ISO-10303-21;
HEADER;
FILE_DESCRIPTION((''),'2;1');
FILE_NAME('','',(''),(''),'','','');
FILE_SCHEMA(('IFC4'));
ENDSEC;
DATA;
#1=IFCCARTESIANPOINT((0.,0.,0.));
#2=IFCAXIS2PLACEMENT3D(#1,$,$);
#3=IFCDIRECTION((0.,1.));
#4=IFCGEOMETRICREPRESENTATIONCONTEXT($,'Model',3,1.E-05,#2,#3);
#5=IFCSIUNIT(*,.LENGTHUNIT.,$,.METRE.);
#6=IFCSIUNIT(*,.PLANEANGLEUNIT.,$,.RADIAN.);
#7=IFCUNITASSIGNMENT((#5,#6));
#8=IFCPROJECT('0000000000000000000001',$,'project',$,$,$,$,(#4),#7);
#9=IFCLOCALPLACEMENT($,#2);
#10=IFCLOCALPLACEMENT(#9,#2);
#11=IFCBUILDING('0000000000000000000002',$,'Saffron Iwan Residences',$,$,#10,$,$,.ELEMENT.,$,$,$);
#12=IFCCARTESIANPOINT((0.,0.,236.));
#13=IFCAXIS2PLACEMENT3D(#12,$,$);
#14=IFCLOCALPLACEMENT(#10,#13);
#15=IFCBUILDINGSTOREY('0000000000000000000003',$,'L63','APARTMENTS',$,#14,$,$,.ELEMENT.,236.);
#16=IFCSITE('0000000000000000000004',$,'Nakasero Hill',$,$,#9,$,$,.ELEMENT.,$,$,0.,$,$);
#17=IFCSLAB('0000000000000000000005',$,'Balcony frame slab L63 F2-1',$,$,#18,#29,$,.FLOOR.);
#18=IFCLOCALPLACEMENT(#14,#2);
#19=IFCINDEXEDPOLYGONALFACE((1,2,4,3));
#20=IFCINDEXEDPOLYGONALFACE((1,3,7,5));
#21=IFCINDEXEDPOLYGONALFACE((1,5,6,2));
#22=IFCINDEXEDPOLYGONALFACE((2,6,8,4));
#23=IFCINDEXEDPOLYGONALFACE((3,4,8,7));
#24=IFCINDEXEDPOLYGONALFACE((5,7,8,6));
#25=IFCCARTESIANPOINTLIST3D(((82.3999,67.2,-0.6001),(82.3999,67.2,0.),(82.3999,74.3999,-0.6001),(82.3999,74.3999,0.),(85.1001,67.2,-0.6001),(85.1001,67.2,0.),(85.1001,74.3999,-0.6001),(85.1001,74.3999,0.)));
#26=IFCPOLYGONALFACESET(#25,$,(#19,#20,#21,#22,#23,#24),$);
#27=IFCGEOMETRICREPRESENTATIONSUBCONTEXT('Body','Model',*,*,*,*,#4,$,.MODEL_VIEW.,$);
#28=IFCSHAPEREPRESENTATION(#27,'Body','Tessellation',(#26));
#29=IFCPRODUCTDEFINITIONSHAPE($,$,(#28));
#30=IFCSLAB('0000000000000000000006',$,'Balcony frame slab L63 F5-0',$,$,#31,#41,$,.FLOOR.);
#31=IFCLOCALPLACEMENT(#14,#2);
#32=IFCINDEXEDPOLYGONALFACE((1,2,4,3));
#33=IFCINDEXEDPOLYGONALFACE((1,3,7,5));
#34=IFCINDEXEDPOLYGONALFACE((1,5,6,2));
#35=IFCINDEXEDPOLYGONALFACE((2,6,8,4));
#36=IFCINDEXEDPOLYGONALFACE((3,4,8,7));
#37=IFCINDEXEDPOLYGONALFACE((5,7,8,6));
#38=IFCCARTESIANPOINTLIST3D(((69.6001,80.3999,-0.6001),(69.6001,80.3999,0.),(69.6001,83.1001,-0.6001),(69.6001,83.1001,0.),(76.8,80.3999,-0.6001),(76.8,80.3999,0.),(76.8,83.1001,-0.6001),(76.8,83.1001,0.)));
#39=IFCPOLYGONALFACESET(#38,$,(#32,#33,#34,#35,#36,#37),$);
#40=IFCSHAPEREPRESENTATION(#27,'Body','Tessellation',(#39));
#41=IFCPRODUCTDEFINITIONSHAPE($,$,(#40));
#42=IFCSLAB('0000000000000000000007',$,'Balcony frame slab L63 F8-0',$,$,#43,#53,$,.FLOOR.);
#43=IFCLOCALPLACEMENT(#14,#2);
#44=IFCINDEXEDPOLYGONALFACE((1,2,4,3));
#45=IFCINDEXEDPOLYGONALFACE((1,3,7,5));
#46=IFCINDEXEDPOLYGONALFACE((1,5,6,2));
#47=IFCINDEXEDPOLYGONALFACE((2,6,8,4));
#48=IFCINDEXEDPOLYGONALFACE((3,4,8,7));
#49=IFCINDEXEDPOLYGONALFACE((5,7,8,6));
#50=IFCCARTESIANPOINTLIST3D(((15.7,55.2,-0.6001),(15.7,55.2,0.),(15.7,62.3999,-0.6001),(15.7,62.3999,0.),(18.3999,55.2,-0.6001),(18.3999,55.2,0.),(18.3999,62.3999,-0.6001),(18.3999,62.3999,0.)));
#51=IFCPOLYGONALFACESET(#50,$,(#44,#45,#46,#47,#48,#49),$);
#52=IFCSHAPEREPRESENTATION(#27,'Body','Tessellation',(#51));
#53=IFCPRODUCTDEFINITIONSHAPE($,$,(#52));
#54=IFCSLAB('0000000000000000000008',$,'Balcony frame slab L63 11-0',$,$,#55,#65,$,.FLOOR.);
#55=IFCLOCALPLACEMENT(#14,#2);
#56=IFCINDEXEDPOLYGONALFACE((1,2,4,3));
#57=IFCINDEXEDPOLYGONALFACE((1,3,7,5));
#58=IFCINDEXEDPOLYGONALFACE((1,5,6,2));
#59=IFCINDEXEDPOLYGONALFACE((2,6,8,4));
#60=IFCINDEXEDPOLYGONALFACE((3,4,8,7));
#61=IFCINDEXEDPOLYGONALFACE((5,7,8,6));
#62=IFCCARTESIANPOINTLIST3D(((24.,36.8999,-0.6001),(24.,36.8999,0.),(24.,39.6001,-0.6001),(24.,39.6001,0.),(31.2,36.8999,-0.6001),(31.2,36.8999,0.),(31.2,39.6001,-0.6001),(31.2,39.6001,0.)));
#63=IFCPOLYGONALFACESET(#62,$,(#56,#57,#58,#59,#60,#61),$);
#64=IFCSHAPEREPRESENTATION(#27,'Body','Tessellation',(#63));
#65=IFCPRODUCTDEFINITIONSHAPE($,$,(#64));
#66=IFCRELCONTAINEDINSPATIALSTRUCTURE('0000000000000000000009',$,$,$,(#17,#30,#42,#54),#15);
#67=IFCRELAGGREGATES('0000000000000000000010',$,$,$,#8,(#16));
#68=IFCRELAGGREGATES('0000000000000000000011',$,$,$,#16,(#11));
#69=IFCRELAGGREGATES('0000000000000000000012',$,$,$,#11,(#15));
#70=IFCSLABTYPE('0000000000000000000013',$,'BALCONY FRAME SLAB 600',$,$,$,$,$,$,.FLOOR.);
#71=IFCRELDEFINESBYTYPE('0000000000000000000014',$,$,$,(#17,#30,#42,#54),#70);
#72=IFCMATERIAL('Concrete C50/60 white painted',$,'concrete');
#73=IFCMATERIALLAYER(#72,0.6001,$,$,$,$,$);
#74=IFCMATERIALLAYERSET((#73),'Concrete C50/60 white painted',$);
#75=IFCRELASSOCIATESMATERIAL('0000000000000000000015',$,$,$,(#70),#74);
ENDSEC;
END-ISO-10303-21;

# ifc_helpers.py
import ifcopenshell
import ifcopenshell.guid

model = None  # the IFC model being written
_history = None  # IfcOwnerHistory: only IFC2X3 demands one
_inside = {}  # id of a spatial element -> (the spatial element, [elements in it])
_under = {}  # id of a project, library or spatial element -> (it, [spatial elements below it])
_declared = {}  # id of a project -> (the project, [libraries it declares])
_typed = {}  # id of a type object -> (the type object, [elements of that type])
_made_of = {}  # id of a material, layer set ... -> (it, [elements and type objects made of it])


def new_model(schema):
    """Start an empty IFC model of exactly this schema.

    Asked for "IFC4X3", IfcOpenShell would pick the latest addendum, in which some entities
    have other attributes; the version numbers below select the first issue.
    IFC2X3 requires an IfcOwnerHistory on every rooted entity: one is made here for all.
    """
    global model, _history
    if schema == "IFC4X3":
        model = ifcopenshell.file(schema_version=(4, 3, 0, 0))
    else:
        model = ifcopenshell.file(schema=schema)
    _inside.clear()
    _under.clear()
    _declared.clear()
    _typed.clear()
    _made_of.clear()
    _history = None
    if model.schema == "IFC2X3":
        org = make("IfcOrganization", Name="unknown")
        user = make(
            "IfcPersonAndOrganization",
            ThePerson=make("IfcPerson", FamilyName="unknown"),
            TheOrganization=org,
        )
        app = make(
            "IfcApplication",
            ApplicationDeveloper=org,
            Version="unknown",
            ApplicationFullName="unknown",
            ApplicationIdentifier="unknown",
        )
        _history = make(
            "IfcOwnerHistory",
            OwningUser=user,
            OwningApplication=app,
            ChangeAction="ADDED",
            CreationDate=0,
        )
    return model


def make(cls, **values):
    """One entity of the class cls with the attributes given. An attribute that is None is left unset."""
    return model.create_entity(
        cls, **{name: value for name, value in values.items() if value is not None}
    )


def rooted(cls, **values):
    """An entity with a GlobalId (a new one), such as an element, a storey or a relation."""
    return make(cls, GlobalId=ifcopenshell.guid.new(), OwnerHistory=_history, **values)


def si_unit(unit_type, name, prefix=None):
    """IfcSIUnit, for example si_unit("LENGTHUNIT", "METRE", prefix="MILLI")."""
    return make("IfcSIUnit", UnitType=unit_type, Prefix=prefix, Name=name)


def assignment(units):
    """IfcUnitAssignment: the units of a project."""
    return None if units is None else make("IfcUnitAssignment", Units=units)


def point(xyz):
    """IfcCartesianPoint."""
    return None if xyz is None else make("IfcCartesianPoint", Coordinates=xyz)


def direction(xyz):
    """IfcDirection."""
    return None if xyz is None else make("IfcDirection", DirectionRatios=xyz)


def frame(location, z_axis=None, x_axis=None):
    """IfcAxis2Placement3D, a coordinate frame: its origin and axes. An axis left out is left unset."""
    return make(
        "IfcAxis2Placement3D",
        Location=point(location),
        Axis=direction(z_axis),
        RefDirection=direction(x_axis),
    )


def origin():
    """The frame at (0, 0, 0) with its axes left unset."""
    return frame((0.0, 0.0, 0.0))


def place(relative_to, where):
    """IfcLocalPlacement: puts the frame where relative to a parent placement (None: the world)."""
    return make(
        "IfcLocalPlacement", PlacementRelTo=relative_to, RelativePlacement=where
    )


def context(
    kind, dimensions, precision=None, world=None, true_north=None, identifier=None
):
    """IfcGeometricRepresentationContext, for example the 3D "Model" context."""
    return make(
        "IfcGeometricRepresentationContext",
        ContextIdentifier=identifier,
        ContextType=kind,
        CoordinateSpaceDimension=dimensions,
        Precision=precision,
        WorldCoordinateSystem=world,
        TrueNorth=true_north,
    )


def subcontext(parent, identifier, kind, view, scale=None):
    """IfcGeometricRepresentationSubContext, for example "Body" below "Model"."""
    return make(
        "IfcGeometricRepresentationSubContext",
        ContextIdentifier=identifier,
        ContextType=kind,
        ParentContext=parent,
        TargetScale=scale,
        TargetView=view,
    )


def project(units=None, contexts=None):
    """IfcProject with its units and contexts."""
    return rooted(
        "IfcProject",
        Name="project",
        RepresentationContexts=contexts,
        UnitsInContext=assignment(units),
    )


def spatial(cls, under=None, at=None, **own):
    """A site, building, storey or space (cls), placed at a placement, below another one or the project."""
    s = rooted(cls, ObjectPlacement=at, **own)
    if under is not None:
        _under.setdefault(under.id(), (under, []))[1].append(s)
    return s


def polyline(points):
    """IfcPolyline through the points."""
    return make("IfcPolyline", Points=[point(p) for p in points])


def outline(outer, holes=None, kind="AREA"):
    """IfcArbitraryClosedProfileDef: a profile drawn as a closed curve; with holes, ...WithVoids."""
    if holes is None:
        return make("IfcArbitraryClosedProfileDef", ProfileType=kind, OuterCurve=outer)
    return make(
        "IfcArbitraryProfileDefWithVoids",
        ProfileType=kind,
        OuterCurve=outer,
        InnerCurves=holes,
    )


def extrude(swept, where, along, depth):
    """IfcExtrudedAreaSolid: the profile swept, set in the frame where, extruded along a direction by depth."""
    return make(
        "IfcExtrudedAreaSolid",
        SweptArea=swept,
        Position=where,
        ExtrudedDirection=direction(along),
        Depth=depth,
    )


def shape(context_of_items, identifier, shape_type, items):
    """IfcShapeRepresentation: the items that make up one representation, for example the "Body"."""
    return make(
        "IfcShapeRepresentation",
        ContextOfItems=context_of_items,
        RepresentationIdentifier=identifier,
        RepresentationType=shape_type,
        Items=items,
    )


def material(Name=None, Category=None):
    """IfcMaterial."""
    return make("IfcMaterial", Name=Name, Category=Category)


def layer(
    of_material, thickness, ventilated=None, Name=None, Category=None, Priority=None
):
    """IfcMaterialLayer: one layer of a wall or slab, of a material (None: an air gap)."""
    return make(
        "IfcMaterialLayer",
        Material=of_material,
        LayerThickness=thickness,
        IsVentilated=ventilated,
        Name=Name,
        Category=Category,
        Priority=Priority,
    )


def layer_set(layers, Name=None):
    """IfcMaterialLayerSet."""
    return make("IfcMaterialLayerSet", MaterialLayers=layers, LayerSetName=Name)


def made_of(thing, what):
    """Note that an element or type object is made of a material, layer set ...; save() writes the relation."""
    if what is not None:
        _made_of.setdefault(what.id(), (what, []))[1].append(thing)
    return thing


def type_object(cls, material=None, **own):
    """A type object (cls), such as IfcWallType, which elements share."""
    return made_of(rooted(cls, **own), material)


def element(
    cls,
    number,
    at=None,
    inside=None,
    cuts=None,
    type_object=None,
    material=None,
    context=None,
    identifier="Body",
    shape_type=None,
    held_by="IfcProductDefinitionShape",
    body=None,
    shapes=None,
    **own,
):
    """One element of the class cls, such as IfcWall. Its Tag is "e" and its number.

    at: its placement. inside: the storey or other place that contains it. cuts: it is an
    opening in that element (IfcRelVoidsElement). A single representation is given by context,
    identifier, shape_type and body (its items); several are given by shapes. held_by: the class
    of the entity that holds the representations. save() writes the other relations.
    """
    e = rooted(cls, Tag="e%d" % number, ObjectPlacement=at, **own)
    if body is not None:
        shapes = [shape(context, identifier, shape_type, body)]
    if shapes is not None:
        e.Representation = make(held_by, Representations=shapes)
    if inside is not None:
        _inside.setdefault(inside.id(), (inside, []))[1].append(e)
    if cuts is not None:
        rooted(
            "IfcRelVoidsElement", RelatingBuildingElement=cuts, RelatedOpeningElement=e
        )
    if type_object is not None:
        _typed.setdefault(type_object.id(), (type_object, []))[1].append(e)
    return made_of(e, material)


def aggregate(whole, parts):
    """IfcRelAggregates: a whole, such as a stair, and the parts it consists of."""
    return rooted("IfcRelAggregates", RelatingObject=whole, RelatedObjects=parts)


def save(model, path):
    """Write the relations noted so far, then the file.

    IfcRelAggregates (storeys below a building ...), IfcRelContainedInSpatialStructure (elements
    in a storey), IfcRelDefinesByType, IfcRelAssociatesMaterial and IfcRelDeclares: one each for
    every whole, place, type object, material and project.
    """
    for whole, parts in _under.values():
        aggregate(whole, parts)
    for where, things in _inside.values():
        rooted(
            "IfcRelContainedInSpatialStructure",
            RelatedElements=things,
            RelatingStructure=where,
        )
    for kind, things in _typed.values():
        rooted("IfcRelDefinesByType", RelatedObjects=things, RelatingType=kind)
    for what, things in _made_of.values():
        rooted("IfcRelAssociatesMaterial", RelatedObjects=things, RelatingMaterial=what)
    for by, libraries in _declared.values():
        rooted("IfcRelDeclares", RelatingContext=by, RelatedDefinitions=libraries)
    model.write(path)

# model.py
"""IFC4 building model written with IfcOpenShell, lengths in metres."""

from ifc_helpers import new_model, si_unit, direction, frame, origin, place, context, subcontext, project, spatial, polyline, outline, extrude, material, layer, layer_set, type_object, element, save


model = new_model("IFC4")

# Units and contexts
model_context = context("Model", 3, precision=1e-05, world=origin(), true_north=direction((0.0, 1.0)))
body_context = subcontext(model_context, "Body", "Model", "MODEL_VIEW")
ifc_project = project(units=[si_unit("LENGTHUNIT", "METRE"), si_unit("PLANEANGLEUNIT", "RADIAN")], contexts=[model_context])

# Site, building, storey
site_placement = place(None, origin())
site = spatial("IfcSite", under=ifc_project, at=site_placement, Name="Nakasero Hill", CompositionType="ELEMENT", RefElevation=0.0)
building_placement = place(site_placement, origin())
building = spatial("IfcBuilding", under=site, at=building_placement, Name="Saffron Iwan Residences", CompositionType="ELEMENT")
storey_placement = place(building_placement, frame((0.0, 0.0, 236.0)))
storey = spatial("IfcBuildingStorey", under=building, at=storey_placement, Name="L63", Description="APARTMENTS", CompositionType="ELEMENT", Elevation=236.0)

# Slabs
ifc_material_1 = material(Name="Concrete C50/60 white painted", Category="concrete")
ifc_layer_1 = layer(ifc_material_1, 0.6001)
ifc_layer_set_1 = layer_set([ifc_layer_1], Name="Concrete C50/60 white painted")
slab_type_1 = type_object("IfcSlabType", Name="BALCONY FRAME SLAB 600", PredefinedType="FLOOR", material=ifc_layer_set_1)
slab_1_placement = place(storey_placement, frame((0.0, 0.0, -0.6001)))
element("IfcSlab", 1, at=slab_1_placement, inside=storey, type_object=slab_type_1, Name="Balcony frame slab L63 F2-1", PredefinedType="FLOOR", context=body_context, shape_type="SweptSolid", body=[
    extrude(outline(polyline([(85.1001, 67.2), (85.1001, 74.3999), (82.3999, 74.3999), (82.3999, 67.2), (85.1001, 67.2)])), origin(), (0.0, 0.0, 1.0), 0.6001),
])
slab_2_placement = place(storey_placement, frame((0.0, 0.0, -0.6001)))
element("IfcSlab", 2, at=slab_2_placement, inside=storey, type_object=slab_type_1, Name="Balcony frame slab L63 F5-0", PredefinedType="FLOOR", context=body_context, shape_type="SweptSolid", body=[
    extrude(outline(polyline([(76.8, 83.1001), (69.6001, 83.1001), (69.6001, 80.3999), (76.8, 80.3999), (76.8, 83.1001)])), origin(), (0.0, 0.0, 1.0), 0.6001),
])
slab_3_placement = place(storey_placement, frame((0.0, 0.0, -0.6001)))
element("IfcSlab", 3, at=slab_3_placement, inside=storey, type_object=slab_type_1, Name="Balcony frame slab L63 F8-0", PredefinedType="FLOOR", context=body_context, shape_type="SweptSolid", body=[
    extrude(outline(polyline([(15.7, 62.3999), (15.7, 55.2), (18.3999, 55.2), (18.3999, 62.3999), (15.7, 62.3999)])), origin(), (0.0, 0.0, 1.0), 0.6001),
])
slab_4_placement = place(storey_placement, frame((0.0, 0.0, -0.6001)))
element("IfcSlab", 4, at=slab_4_placement, inside=storey, type_object=slab_type_1, Name="Balcony frame slab L63 11-0", PredefinedType="FLOOR", context=body_context, shape_type="SweptSolid", body=[
    extrude(outline(polyline([(24.0, 36.8999), (31.2, 36.8999), (31.2, 39.6001), (24.0, 39.6001), (24.0, 36.8999)])), origin(), (0.0, 0.0, 1.0), 0.6001),
])

save(model, "model.ifc")
